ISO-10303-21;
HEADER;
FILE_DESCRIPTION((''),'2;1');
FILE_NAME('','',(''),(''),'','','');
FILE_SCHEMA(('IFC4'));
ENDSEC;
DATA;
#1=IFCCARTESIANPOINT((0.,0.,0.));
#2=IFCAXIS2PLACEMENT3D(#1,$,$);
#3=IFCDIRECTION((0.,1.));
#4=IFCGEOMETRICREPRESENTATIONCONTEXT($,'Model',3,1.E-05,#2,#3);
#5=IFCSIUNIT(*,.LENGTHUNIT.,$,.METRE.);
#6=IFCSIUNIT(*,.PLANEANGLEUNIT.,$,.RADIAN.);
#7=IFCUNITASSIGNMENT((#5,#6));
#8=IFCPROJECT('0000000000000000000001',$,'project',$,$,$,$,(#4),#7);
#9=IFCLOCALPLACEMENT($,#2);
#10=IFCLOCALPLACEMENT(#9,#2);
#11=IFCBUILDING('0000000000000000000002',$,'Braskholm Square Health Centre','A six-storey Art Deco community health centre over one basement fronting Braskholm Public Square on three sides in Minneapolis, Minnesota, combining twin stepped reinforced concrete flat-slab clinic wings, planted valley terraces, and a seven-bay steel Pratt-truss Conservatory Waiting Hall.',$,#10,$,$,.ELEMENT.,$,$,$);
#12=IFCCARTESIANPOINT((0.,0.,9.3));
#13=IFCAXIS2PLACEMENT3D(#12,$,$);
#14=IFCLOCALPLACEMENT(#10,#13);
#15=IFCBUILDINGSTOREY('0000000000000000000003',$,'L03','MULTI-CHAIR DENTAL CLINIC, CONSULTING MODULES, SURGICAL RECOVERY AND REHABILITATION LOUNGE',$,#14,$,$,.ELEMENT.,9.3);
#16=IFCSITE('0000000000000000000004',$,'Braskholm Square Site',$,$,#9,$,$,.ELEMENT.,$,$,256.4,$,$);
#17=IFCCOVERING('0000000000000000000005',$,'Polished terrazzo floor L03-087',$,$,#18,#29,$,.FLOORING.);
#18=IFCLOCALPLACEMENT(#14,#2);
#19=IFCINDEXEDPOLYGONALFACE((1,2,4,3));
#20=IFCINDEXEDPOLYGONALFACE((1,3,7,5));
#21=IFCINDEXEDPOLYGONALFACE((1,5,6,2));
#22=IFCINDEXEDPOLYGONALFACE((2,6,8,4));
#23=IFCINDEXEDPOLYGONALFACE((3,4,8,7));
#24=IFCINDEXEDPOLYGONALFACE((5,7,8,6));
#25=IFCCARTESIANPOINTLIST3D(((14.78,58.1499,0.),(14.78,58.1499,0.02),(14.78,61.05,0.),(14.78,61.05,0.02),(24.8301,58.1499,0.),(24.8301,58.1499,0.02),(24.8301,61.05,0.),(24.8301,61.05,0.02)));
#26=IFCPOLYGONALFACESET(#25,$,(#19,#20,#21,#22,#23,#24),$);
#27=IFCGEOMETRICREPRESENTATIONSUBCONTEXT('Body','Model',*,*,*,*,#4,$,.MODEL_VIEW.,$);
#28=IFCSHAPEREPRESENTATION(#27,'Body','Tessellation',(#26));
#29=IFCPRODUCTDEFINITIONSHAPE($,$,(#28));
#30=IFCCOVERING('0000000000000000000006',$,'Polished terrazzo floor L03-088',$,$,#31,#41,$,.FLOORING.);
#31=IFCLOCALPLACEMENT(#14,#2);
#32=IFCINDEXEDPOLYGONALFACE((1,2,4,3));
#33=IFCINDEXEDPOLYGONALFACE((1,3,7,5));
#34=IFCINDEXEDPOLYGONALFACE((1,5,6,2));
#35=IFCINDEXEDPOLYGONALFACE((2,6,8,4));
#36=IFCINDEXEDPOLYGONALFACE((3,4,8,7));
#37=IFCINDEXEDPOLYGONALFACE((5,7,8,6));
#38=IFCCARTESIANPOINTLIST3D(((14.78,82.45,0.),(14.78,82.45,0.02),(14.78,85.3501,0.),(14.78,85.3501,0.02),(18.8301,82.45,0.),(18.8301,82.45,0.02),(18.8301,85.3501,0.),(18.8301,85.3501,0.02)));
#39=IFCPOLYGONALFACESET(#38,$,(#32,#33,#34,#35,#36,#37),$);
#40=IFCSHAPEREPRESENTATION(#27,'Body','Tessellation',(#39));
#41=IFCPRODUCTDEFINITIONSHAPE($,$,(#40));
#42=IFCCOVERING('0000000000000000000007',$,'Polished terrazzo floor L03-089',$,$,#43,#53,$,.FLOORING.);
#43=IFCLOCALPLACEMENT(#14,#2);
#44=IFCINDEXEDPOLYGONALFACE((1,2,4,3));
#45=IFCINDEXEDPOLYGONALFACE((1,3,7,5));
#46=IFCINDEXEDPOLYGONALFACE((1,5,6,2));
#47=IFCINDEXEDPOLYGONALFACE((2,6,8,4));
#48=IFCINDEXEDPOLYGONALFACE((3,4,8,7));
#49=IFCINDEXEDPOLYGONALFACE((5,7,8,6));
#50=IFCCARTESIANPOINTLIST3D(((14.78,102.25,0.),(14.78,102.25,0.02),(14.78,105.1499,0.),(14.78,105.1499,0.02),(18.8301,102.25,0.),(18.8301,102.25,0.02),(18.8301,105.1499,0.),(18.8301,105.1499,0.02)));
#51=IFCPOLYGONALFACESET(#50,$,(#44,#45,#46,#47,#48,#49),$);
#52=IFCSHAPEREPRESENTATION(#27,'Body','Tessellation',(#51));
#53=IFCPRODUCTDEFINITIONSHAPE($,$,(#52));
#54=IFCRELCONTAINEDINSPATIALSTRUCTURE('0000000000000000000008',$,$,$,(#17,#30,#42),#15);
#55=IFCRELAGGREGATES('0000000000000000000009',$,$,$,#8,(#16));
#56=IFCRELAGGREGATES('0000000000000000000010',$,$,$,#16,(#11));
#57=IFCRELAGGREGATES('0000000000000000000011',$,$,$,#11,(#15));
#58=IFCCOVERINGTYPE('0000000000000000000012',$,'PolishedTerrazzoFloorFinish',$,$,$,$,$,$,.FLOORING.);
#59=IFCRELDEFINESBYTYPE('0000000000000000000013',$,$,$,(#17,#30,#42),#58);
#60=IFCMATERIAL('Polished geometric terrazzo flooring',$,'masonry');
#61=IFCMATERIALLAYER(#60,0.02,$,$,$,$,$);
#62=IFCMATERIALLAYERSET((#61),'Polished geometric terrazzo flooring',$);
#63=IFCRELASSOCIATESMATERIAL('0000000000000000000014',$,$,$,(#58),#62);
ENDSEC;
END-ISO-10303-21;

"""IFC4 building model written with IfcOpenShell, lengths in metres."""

from ifc_helpers import new_model, si_unit, direction, frame, origin, place, context, subcontext, project, spatial, polyline, outline, extrude, material, layer, layer_set, type_object, element, save


model = new_model("IFC4")

# Units and contexts
model_context = context("Model", 3, precision=1e-05, world=origin(), true_north=direction((0.0, 1.0)))
body_context = subcontext(model_context, "Body", "Model", "MODEL_VIEW")
ifc_project = project(units=[si_unit("LENGTHUNIT", "METRE"), si_unit("PLANEANGLEUNIT", "RADIAN")], contexts=[model_context])

# Site, building, storey
site_placement = place(None, origin())
site = spatial("IfcSite", under=ifc_project, at=site_placement, Name="Braskholm Square Site", CompositionType="ELEMENT", RefElevation=256.4)
building_placement = place(site_placement, origin())
building = spatial("IfcBuilding", under=site, at=building_placement, Name="Braskholm Square Health Centre", Description="A six-storey Art Deco community health centre over one basement fronting Braskholm Public Square on three sides in Minneapolis, Minnesota, combining twin stepped reinforced concrete flat-slab clinic wings, planted valley terraces, and a seven-bay steel Pratt-truss Conservatory Waiting Hall.", CompositionType="ELEMENT")
storey_placement = place(building_placement, frame((0.0, 0.0, 9.3)))
storey = spatial("IfcBuildingStorey", under=building, at=storey_placement, Name="L03", Description="MULTI-CHAIR DENTAL CLINIC, CONSULTING MODULES, SURGICAL RECOVERY AND REHABILITATION LOUNGE", CompositionType="ELEMENT", Elevation=9.3)

# Coverings
ifc_material_1 = material(Name="Polished geometric terrazzo flooring", Category="masonry")
ifc_layer_1 = layer(ifc_material_1, 0.02)
ifc_layer_set_1 = layer_set([ifc_layer_1], Name="Polished geometric terrazzo flooring")
covering_type_1 = type_object("IfcCoveringType", Name="PolishedTerrazzoFloorFinish", PredefinedType="FLOORING", material=ifc_layer_set_1)
covering_1_placement = place(storey_placement, origin())
element("IfcCovering", 1, at=covering_1_placement, inside=storey, type_object=covering_type_1, Name="Polished terrazzo floor L03-087", PredefinedType="FLOORING", context=body_context, shape_type="SweptSolid", body=[
    extrude(outline(polyline([(14.78, 58.1499), (24.8301, 58.1499), (24.8301, 61.05), (14.78, 61.05), (14.78, 58.1499)])), origin(), (0.0, 0.0, 1.0), 0.02),
])
covering_2_placement = place(storey_placement, origin())
element("IfcCovering", 2, at=covering_2_placement, inside=storey, type_object=covering_type_1, Name="Polished terrazzo floor L03-088", PredefinedType="FLOORING", context=body_context, shape_type="SweptSolid", body=[
    extrude(outline(polyline([(14.78, 82.45), (18.8301, 82.45), (18.8301, 85.3501), (14.78, 85.3501), (14.78, 82.45)])), origin(), (0.0, 0.0, 1.0), 0.02),
])
covering_3_placement = place(storey_placement, origin())
element("IfcCovering", 3, at=covering_3_placement, inside=storey, type_object=covering_type_1, Name="Polished terrazzo floor L03-089", PredefinedType="FLOORING", context=body_context, shape_type="SweptSolid", body=[
    extrude(outline(polyline([(14.78, 102.25), (18.8301, 102.25), (18.8301, 105.1499), (14.78, 105.1499), (14.78, 102.25)])), origin(), (0.0, 0.0, 1.0), 0.02),
])

save(model, "model.ifc")
